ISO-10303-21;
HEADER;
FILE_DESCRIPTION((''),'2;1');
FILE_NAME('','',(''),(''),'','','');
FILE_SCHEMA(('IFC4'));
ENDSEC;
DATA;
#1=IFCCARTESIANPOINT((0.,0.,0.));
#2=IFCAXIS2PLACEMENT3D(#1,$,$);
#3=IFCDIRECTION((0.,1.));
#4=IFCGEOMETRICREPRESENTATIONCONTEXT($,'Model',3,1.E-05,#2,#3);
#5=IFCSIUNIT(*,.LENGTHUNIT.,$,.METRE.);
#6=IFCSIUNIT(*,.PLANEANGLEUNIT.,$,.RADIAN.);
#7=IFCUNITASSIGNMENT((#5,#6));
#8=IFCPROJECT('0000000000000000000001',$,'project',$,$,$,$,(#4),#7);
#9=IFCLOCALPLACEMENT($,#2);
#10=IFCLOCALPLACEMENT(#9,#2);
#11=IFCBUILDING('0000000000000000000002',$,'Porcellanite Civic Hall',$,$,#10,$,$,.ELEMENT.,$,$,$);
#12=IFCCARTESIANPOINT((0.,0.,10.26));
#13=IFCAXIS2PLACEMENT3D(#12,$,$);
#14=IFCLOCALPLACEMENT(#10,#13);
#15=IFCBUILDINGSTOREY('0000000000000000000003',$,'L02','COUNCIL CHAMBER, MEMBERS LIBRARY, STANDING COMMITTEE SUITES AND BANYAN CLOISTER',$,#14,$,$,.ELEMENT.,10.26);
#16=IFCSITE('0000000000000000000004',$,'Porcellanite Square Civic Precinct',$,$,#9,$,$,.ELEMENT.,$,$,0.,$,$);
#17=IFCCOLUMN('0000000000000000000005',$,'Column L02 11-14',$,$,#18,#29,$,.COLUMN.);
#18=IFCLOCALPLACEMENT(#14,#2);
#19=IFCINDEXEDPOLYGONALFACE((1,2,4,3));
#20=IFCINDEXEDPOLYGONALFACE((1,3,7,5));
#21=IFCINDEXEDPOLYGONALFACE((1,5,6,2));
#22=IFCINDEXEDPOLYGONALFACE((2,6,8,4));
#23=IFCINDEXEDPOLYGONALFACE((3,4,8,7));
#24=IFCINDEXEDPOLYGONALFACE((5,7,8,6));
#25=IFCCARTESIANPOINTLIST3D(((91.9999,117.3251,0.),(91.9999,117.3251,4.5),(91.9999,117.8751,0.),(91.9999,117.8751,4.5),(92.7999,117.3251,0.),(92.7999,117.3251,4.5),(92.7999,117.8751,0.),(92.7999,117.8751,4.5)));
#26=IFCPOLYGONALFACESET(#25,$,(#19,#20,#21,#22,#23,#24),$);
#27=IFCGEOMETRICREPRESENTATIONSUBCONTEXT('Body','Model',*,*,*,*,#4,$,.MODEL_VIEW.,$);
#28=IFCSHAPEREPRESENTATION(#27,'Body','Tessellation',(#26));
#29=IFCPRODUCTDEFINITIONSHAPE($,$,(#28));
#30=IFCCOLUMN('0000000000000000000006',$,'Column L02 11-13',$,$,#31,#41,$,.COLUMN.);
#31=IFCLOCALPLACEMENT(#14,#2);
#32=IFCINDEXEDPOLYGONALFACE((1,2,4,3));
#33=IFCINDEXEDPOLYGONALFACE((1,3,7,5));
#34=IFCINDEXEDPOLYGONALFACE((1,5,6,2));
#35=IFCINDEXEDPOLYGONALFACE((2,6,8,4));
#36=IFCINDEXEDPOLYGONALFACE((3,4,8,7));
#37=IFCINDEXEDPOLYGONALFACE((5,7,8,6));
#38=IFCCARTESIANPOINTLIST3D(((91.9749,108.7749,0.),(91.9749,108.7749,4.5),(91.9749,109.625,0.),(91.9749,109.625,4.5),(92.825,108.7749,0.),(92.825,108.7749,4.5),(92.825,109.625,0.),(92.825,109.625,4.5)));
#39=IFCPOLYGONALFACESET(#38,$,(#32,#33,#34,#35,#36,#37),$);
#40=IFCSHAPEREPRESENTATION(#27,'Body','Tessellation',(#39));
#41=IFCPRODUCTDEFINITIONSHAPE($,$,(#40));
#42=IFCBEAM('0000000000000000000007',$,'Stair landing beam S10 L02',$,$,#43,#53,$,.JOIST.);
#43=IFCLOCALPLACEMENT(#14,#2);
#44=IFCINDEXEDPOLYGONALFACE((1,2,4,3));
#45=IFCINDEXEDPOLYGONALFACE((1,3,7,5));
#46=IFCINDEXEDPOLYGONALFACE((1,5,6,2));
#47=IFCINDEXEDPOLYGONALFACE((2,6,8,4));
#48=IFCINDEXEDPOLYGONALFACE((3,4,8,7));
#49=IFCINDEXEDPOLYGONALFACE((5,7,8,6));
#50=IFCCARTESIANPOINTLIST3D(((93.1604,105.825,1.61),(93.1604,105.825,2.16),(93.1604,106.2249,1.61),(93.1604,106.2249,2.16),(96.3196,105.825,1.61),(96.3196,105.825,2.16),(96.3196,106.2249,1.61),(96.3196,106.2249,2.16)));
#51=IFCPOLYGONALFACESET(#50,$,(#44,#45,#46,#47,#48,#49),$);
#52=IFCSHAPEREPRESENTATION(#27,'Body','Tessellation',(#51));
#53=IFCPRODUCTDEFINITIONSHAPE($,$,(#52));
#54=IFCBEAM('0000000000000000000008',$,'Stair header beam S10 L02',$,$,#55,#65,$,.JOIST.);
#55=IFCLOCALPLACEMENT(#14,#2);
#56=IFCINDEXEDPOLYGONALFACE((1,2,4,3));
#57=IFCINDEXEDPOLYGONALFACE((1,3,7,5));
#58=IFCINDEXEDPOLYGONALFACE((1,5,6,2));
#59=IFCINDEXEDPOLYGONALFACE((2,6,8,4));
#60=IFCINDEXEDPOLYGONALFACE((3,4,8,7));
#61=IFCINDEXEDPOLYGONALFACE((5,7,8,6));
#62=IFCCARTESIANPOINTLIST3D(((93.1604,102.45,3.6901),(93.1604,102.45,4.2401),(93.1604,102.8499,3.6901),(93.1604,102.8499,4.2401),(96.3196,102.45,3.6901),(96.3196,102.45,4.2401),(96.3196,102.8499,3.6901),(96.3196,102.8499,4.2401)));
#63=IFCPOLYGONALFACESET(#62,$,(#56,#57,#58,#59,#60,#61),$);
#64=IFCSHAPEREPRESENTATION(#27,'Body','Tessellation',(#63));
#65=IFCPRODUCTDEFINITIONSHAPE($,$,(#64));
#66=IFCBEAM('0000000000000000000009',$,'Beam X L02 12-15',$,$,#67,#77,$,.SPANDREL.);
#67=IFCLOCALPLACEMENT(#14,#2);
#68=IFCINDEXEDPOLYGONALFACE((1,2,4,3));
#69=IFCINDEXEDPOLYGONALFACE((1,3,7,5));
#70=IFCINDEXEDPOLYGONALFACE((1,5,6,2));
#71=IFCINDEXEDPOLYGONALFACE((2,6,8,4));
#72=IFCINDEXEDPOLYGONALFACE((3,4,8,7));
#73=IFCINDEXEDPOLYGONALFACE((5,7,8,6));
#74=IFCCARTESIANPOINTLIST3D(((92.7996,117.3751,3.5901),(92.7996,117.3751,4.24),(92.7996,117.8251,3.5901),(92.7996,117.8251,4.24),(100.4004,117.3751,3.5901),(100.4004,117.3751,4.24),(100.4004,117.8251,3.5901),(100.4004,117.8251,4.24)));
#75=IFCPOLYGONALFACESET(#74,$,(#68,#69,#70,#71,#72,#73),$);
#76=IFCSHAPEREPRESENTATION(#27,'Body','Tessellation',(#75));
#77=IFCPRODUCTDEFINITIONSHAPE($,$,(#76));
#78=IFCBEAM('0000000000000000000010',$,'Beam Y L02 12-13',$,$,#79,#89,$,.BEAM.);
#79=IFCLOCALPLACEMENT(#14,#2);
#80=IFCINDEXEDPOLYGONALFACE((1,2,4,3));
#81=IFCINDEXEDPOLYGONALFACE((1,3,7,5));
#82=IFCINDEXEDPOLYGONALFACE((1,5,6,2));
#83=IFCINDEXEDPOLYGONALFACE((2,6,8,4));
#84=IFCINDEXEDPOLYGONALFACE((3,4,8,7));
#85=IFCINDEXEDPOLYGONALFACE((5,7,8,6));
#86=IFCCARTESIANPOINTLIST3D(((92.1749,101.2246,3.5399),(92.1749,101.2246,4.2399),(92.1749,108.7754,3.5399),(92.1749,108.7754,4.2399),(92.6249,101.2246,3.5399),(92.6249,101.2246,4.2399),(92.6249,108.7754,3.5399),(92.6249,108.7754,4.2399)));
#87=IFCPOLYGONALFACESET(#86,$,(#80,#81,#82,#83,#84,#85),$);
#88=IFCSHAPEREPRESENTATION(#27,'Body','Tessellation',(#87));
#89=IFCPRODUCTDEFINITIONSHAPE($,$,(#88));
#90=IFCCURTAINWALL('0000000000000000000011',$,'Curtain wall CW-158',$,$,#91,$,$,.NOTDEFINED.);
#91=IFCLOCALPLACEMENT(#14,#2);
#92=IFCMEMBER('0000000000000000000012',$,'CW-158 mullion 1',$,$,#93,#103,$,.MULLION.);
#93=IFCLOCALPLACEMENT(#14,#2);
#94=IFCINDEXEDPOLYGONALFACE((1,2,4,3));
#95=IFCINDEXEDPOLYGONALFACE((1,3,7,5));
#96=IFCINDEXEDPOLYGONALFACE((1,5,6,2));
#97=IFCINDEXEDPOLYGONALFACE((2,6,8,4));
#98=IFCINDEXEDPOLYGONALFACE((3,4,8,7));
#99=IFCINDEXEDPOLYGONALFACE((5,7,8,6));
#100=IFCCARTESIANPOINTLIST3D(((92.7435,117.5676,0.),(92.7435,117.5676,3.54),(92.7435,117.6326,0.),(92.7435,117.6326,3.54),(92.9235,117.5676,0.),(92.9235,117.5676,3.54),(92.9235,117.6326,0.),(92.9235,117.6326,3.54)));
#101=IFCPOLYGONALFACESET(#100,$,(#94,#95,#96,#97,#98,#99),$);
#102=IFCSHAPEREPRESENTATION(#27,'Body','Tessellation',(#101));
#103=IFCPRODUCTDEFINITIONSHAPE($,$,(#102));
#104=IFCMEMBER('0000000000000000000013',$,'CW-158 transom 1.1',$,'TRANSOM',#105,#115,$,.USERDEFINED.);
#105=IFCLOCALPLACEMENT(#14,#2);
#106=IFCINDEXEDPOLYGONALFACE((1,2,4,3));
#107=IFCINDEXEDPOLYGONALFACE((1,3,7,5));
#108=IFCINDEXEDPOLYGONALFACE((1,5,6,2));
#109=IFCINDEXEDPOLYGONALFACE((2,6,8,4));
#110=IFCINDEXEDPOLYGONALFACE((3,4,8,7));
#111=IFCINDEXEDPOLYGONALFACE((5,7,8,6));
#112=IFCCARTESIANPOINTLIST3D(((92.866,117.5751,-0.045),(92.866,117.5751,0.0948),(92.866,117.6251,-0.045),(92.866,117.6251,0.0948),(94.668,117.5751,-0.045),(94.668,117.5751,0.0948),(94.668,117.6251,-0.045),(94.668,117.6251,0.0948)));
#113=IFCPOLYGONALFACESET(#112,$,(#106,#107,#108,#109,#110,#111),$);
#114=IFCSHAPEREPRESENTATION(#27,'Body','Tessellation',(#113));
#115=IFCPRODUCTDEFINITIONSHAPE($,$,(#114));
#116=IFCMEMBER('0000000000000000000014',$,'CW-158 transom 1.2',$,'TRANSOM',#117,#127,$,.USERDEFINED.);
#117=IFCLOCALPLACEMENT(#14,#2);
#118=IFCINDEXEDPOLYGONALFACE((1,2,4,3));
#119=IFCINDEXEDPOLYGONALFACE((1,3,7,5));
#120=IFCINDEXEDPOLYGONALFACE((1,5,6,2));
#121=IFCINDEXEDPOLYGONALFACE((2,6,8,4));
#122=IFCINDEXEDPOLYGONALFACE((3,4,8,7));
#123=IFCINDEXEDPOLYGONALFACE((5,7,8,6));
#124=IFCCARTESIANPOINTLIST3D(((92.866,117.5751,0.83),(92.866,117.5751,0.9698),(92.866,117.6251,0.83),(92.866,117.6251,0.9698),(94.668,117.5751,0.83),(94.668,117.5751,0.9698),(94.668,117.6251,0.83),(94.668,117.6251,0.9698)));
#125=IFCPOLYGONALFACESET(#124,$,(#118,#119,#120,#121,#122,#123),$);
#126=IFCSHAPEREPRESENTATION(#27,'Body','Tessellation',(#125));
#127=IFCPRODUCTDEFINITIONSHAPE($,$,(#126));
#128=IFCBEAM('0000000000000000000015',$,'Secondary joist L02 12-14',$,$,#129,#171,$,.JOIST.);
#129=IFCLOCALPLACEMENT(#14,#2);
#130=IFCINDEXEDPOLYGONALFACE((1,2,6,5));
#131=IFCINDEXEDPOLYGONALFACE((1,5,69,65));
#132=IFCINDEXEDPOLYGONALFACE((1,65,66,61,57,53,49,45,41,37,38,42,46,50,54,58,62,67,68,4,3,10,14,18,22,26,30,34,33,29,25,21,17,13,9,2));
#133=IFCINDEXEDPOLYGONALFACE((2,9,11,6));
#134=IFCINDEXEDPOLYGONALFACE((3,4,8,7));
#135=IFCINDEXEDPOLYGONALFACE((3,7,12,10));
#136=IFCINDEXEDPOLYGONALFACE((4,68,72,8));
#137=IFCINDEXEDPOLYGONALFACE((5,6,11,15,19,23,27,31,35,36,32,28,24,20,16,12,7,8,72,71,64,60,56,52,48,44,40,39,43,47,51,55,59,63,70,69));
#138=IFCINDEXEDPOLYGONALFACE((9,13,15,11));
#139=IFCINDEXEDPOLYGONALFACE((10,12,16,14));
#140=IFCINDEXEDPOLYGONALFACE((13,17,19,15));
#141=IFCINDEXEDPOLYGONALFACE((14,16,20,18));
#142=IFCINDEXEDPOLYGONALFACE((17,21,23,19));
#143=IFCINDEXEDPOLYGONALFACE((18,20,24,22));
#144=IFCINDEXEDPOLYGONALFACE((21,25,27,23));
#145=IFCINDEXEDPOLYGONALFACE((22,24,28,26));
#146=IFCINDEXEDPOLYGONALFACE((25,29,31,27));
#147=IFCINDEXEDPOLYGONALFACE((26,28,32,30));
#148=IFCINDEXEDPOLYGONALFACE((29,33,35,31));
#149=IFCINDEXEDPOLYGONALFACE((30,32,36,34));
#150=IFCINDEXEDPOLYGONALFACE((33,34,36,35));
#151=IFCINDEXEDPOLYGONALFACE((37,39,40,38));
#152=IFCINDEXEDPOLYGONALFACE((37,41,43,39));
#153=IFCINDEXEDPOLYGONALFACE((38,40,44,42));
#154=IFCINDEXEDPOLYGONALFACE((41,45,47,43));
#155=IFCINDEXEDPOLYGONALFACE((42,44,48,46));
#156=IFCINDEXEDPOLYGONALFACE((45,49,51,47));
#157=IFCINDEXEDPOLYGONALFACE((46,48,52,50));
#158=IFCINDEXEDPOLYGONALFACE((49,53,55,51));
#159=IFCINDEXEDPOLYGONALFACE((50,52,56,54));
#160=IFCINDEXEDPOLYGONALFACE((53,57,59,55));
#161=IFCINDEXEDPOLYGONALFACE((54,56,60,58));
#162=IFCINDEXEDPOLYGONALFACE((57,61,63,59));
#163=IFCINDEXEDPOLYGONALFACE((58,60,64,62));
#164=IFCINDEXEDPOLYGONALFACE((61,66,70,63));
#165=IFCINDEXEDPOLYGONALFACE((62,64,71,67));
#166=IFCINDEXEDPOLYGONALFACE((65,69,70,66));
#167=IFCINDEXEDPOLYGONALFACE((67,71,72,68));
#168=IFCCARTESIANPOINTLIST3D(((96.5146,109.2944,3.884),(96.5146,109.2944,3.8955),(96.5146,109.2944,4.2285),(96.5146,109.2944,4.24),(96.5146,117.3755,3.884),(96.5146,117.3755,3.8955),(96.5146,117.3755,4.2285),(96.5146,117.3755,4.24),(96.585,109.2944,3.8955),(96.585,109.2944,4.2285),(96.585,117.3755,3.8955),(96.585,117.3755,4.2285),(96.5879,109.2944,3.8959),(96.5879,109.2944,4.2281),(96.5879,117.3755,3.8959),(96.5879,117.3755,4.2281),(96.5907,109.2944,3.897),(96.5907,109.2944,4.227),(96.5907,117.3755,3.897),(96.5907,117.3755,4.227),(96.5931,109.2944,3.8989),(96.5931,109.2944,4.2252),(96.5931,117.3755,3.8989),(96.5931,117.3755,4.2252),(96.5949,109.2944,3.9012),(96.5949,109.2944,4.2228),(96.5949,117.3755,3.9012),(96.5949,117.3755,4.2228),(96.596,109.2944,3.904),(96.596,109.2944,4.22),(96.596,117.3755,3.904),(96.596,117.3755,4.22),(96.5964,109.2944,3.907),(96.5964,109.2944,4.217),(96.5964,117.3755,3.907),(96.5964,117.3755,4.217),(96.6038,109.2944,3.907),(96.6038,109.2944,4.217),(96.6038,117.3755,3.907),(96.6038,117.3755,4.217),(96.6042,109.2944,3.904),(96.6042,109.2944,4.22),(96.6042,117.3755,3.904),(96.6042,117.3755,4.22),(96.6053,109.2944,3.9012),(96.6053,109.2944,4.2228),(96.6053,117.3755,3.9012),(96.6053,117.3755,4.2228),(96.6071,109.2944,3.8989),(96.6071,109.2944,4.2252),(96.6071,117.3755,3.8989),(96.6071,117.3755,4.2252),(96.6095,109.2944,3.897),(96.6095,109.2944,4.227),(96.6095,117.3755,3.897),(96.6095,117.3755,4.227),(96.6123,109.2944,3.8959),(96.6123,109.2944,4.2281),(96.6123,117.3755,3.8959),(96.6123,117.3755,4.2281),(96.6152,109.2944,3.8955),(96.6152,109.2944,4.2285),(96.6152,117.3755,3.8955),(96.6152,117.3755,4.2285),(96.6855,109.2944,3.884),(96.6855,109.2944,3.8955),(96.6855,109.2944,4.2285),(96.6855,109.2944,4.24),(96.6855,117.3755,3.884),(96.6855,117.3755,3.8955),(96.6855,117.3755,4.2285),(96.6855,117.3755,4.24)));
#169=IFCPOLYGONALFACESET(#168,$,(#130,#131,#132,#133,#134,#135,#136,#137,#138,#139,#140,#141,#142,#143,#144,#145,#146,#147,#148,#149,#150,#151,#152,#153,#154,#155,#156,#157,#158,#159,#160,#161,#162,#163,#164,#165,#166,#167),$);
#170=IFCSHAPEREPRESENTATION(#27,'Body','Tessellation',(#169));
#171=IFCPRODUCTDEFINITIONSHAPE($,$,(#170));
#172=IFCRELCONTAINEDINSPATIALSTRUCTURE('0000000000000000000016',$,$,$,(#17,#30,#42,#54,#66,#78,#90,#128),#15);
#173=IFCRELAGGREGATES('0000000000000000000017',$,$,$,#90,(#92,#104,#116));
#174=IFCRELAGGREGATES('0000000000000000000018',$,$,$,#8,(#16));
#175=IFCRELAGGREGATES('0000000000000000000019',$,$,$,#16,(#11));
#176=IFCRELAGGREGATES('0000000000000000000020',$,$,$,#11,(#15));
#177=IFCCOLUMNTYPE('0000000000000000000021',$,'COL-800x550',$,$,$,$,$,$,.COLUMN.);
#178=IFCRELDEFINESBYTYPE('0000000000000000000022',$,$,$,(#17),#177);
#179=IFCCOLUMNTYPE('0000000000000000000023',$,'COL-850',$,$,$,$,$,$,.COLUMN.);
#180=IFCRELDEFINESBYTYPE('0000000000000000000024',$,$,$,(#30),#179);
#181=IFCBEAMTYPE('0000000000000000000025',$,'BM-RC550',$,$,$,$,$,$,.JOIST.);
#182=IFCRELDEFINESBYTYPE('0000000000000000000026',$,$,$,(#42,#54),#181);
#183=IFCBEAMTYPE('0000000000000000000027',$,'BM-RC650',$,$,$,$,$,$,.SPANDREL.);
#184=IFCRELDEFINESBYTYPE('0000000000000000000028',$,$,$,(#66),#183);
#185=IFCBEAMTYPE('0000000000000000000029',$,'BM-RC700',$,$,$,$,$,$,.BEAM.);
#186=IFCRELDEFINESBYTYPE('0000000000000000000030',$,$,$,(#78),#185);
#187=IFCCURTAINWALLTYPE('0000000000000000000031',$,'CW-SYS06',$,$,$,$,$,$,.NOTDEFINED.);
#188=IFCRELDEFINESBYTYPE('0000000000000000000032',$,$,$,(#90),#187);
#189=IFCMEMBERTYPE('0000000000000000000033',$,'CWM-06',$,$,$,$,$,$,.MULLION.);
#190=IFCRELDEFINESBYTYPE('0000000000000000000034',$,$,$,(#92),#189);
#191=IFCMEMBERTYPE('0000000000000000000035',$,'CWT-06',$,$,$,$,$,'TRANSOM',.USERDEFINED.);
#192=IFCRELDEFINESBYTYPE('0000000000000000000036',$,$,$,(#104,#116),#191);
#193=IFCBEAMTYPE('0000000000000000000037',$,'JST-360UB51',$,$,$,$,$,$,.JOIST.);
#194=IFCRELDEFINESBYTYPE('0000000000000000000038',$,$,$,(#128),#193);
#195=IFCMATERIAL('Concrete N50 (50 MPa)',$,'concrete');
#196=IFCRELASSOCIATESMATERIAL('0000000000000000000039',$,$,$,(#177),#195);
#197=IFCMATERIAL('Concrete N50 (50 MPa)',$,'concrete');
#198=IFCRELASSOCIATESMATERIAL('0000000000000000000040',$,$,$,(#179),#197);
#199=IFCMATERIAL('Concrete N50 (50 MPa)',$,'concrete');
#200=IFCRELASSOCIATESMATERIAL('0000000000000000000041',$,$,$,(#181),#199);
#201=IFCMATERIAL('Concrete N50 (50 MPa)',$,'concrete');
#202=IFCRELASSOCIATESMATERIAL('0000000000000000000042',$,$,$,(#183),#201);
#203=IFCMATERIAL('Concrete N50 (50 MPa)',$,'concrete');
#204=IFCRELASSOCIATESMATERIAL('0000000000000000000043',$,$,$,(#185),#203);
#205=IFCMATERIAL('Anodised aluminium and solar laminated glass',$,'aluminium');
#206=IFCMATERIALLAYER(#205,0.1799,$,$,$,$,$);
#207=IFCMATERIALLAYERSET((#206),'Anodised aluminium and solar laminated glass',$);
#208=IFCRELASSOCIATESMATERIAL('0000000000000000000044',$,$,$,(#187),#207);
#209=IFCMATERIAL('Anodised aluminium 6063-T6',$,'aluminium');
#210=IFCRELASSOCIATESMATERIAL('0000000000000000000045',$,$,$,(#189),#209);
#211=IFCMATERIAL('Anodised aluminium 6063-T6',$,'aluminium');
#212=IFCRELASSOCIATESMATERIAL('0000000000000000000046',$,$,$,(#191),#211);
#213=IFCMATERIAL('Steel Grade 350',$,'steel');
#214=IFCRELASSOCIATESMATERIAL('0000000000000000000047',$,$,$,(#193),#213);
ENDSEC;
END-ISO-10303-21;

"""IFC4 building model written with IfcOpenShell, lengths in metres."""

from ifc_helpers import new_model, si_unit, direction, frame, origin, origin_2d, place, context, subcontext, project, spatial, rectangle, i_section, extrude, material, layer, layer_set, material_profile, profile_set, type_object, element, aggregate, save


model = new_model("IFC4")

# Units and contexts
model_context = context("Model", 3, precision=1e-05, world=origin(), true_north=direction((0.0, 1.0)))
body_context = subcontext(model_context, "Body", "Model", "MODEL_VIEW")
ifc_project = project(units=[si_unit("LENGTHUNIT", "METRE"), si_unit("PLANEANGLEUNIT", "RADIAN")], contexts=[model_context])

# Site, building, storey
site_placement = place(None, origin())
site = spatial("IfcSite", under=ifc_project, at=site_placement, Name="Porcellanite Square Civic Precinct", CompositionType="ELEMENT", RefElevation=0.0)
building_placement = place(site_placement, origin())
building = spatial("IfcBuilding", under=site, at=building_placement, Name="Porcellanite Civic Hall", CompositionType="ELEMENT")
storey_placement = place(building_placement, frame((0.0, 0.0, 10.26)))
storey = spatial("IfcBuildingStorey", under=building, at=storey_placement, Name="L02", Description="COUNCIL CHAMBER, MEMBERS LIBRARY, STANDING COMMITTEE SUITES AND BANYAN CLOISTER", CompositionType="ELEMENT", Elevation=10.26)

# Columns
ifc_material_1 = material(Name="Concrete N50 (50 MPa)", Category="concrete")
ifc_material_profile_1 = material_profile(ifc_material_1, rectangle(XDim=0.8, YDim=0.55, at=origin_2d()), Name="RC-800x550")
ifc_profile_set_1 = profile_set([ifc_material_profile_1], Name="Concrete N50 (50 MPa)")
column_type_1 = type_object("IfcColumnType", Name="COL-800x550", PredefinedType="COLUMN", material=ifc_profile_set_1)
column_1_placement = place(storey_placement, frame((92.3999, 117.6001, 0.0), z_axis=(0.0, 0.0, 1.0), x_axis=(1.0, 0.0, 0.0)))
element("IfcColumn", 1, at=column_1_placement, inside=storey, type_object=column_type_1, Name="Column L02 11-14", PredefinedType="COLUMN", context=body_context, shape_type="SweptSolid", body=[
    extrude(rectangle(XDim=0.8, YDim=0.55, at=origin_2d()), origin(), (0.0, 0.0, 1.0), 4.5),
])
ifc_material_2 = material(Name="Concrete N50 (50 MPa)", Category="concrete")
ifc_material_profile_2 = material_profile(ifc_material_2, rectangle(XDim=0.8501, YDim=0.8501, at=origin_2d()), Name="RC-850x850")
ifc_profile_set_2 = profile_set([ifc_material_profile_2], Name="Concrete N50 (50 MPa)")
column_type_2 = type_object("IfcColumnType", Name="COL-850", PredefinedType="COLUMN", material=ifc_profile_set_2)
column_2_placement = place(storey_placement, frame((92.3999, 109.2, 0.0), z_axis=(0.0, 0.0, 1.0), x_axis=(1.0, 0.0, 0.0)))
element("IfcColumn", 2, at=column_2_placement, inside=storey, type_object=column_type_2, Name="Column L02 11-13", PredefinedType="COLUMN", context=body_context, shape_type="SweptSolid", body=[
    extrude(rectangle(XDim=0.8501, YDim=0.8501, at=origin_2d()), origin(), (0.0, 0.0, 1.0), 4.5),
])

# Beams
ifc_material_3 = material(Name="Concrete N50 (50 MPa)", Category="concrete")
ifc_material_profile_3 = material_profile(ifc_material_3, rectangle(XDim=0.3999, YDim=0.55, at=origin_2d()), Name="RC-400x550")
ifc_profile_set_3 = profile_set([ifc_material_profile_3], Name="Concrete N50 (50 MPa)")
beam_type_1 = type_object("IfcBeamType", Name="BM-RC550", PredefinedType="JOIST", material=ifc_profile_set_3)
for number, where, z_axis, x_axis, name in (
    (3, (93.1604, 106.0249, 1.885), (1.0, 0.0, 0.0), (0.0, 1.0, 0.0), "Stair landing beam S10 L02"),
    (4, (93.1604, 102.6499, 3.9651), (1.0, 0.0, 0.0), (0.0, 1.0, 0.0), "Stair header beam S10 L02"),
):
    element("IfcBeam", number, at=place(storey_placement, frame(where, z_axis=z_axis, x_axis=x_axis)), inside=storey, type_object=beam_type_1, Name=name, PredefinedType="JOIST", context=body_context, shape_type="SweptSolid", body=[
        extrude(rectangle(XDim=0.3999, YDim=0.55, at=origin_2d()), origin(), (0.0, 0.0, 1.0), 3.1592),
    ])
ifc_material_4 = material(Name="Concrete N50 (50 MPa)", Category="concrete")
ifc_material_profile_4 = material_profile(ifc_material_4, rectangle(XDim=0.45, YDim=0.6499, at=origin_2d()), Name="RC-450x650")
ifc_profile_set_4 = profile_set([ifc_material_profile_4], Name="Concrete N50 (50 MPa)")
beam_type_2 = type_object("IfcBeamType", Name="BM-RC650", PredefinedType="SPANDREL", material=ifc_profile_set_4)
beam_1_placement = place(storey_placement, frame((92.7996, 117.6001, 3.915), z_axis=(1.0, 0.0, 0.0), x_axis=(0.0, 1.0, 0.0)))
element("IfcBeam", 5, at=beam_1_placement, inside=storey, type_object=beam_type_2, Name="Beam X L02 12-15", PredefinedType="SPANDREL", context=body_context, shape_type="SweptSolid", body=[
    extrude(rectangle(XDim=0.45, YDim=0.6499, at=origin_2d()), origin(), (0.0, 0.0, 1.0), 7.6008),
])
ifc_material_5 = material(Name="Concrete N50 (50 MPa)", Category="concrete")
ifc_material_profile_5 = material_profile(ifc_material_5, rectangle(XDim=0.45, YDim=0.7, at=origin_2d()), Name="RC-450x700")
ifc_profile_set_5 = profile_set([ifc_material_profile_5], Name="Concrete N50 (50 MPa)")
beam_type_3 = type_object("IfcBeamType", Name="BM-RC700", PredefinedType="BEAM", material=ifc_profile_set_5)
beam_2_placement = place(storey_placement, frame((92.3999, 101.2246, 3.8899), z_axis=(0.0, 1.0, 0.0), x_axis=(-1.0, 0.0, 0.0)))
element("IfcBeam", 6, at=beam_2_placement, inside=storey, type_object=beam_type_3, Name="Beam Y L02 12-13", PredefinedType="BEAM", context=body_context, shape_type="SweptSolid", body=[
    extrude(rectangle(XDim=0.45, YDim=0.7, at=origin_2d()), origin(), (0.0, 0.0, 1.0), 7.5508),
])

# Curtain wall, members
ifc_material_6 = material(Name="Anodised aluminium and solar laminated glass", Category="aluminium")
ifc_layer_1 = layer(ifc_material_6, 0.1799)
ifc_layer_set_1 = layer_set([ifc_layer_1], Name="Anodised aluminium and solar laminated glass")
curtain_wall_type = type_object("IfcCurtainWallType", Name="CW-SYS06", PredefinedType="NOTDEFINED", material=ifc_layer_set_1)
curtain_wall_placement = place(storey_placement, origin())
curtain_wall = element("IfcCurtainWall", 7, at=curtain_wall_placement, inside=storey, type_object=curtain_wall_type, Name="Curtain wall CW-158", PredefinedType="NOTDEFINED")
ifc_material_7 = material(Name="Anodised aluminium 6063-T6", Category="aluminium")
ifc_material_profile_6 = material_profile(ifc_material_7, rectangle(XDim=0.0649, YDim=0.1799, at=origin_2d()), Name="AL-65x180")
ifc_profile_set_6 = profile_set([ifc_material_profile_6], Name="Anodised aluminium 6063-T6")
member_type_1 = type_object("IfcMemberType", Name="CWM-06", PredefinedType="MULLION", material=ifc_profile_set_6)
member_1_placement = place(storey_placement, frame((92.8335, 117.6001, 0.0), z_axis=(0.0, 0.0, 1.0), x_axis=(0.0, 1.0, 0.0)))
member_1 = element("IfcMember", 8, at=member_1_placement, type_object=member_type_1, Name="CW-158 mullion 1", PredefinedType="MULLION", context=body_context, shape_type="SweptSolid", body=[
    extrude(rectangle(XDim=0.0649, YDim=0.1799, at=origin_2d()), origin(), (0.0, 0.0, 1.0), 3.54),
])
ifc_material_8 = material(Name="Anodised aluminium 6063-T6", Category="aluminium")
ifc_material_profile_7 = material_profile(ifc_material_8, rectangle(XDim=0.05, YDim=0.1399, at=origin_2d()), Name="AL-50x140")
ifc_profile_set_7 = profile_set([ifc_material_profile_7], Name="Anodised aluminium 6063-T6")
member_type_2 = type_object("IfcMemberType", Name="CWT-06", ElementType="TRANSOM", PredefinedType="USERDEFINED", material=ifc_profile_set_7)
member_2_placement = place(storey_placement, frame((92.866, 117.6001, 0.0249), z_axis=(1.0, 0.0, 0.0), x_axis=(0.0, 1.0, 0.0)))
member_2 = element("IfcMember", 9, at=member_2_placement, type_object=member_type_2, Name="CW-158 transom 1.1", ObjectType="TRANSOM", PredefinedType="USERDEFINED", context=body_context, shape_type="SweptSolid", body=[
    extrude(rectangle(XDim=0.05, YDim=0.1399, at=origin_2d()), origin(), (0.0, 0.0, 1.0), 1.802),
])
member_3_placement = place(storey_placement, frame((92.866, 117.6001, 0.8999), z_axis=(1.0, 0.0, 0.0), x_axis=(0.0, 1.0, 0.0)))
member_3 = element("IfcMember", 10, at=member_3_placement, type_object=member_type_2, Name="CW-158 transom 1.2", ObjectType="TRANSOM", PredefinedType="USERDEFINED", context=body_context, shape_type="SweptSolid", body=[
    extrude(rectangle(XDim=0.05, YDim=0.1399, at=origin_2d()), origin(), (0.0, 0.0, 1.0), 1.802),
])
aggregate(curtain_wall, [member_1, member_2, member_3])

# Beam
ifc_material_9 = material(Name="Steel Grade 350", Category="steel")
ifc_material_profile_8 = material_profile(ifc_material_9, i_section(OverallWidth=0.1709, OverallDepth=0.356, WebThickness=0.0073, FlangeThickness=0.0115, FilletRadius=0.0115, at=origin_2d()), Name="360UB50.7")
ifc_profile_set_8 = profile_set([ifc_material_profile_8], Name="Steel Grade 350")
beam_type_4 = type_object("IfcBeamType", Name="JST-360UB51", PredefinedType="JOIST", material=ifc_profile_set_8)
beam_3_placement = place(storey_placement, frame((96.6001, 109.2944, 4.062), z_axis=(0.0, 1.0, 0.0), x_axis=(-1.0, 0.0, 0.0)))
element("IfcBeam", 11, at=beam_3_placement, inside=storey, type_object=beam_type_4, Name="Secondary joist L02 12-14", PredefinedType="JOIST", context=body_context, shape_type="SweptSolid", body=[
    extrude(i_section(OverallWidth=0.1709, OverallDepth=0.356, WebThickness=0.0073, FlangeThickness=0.0115, FilletRadius=0.0115, at=origin_2d()), origin(), (0.0, 0.0, 1.0), 8.0811),
])

save(model, "model.ifc")
